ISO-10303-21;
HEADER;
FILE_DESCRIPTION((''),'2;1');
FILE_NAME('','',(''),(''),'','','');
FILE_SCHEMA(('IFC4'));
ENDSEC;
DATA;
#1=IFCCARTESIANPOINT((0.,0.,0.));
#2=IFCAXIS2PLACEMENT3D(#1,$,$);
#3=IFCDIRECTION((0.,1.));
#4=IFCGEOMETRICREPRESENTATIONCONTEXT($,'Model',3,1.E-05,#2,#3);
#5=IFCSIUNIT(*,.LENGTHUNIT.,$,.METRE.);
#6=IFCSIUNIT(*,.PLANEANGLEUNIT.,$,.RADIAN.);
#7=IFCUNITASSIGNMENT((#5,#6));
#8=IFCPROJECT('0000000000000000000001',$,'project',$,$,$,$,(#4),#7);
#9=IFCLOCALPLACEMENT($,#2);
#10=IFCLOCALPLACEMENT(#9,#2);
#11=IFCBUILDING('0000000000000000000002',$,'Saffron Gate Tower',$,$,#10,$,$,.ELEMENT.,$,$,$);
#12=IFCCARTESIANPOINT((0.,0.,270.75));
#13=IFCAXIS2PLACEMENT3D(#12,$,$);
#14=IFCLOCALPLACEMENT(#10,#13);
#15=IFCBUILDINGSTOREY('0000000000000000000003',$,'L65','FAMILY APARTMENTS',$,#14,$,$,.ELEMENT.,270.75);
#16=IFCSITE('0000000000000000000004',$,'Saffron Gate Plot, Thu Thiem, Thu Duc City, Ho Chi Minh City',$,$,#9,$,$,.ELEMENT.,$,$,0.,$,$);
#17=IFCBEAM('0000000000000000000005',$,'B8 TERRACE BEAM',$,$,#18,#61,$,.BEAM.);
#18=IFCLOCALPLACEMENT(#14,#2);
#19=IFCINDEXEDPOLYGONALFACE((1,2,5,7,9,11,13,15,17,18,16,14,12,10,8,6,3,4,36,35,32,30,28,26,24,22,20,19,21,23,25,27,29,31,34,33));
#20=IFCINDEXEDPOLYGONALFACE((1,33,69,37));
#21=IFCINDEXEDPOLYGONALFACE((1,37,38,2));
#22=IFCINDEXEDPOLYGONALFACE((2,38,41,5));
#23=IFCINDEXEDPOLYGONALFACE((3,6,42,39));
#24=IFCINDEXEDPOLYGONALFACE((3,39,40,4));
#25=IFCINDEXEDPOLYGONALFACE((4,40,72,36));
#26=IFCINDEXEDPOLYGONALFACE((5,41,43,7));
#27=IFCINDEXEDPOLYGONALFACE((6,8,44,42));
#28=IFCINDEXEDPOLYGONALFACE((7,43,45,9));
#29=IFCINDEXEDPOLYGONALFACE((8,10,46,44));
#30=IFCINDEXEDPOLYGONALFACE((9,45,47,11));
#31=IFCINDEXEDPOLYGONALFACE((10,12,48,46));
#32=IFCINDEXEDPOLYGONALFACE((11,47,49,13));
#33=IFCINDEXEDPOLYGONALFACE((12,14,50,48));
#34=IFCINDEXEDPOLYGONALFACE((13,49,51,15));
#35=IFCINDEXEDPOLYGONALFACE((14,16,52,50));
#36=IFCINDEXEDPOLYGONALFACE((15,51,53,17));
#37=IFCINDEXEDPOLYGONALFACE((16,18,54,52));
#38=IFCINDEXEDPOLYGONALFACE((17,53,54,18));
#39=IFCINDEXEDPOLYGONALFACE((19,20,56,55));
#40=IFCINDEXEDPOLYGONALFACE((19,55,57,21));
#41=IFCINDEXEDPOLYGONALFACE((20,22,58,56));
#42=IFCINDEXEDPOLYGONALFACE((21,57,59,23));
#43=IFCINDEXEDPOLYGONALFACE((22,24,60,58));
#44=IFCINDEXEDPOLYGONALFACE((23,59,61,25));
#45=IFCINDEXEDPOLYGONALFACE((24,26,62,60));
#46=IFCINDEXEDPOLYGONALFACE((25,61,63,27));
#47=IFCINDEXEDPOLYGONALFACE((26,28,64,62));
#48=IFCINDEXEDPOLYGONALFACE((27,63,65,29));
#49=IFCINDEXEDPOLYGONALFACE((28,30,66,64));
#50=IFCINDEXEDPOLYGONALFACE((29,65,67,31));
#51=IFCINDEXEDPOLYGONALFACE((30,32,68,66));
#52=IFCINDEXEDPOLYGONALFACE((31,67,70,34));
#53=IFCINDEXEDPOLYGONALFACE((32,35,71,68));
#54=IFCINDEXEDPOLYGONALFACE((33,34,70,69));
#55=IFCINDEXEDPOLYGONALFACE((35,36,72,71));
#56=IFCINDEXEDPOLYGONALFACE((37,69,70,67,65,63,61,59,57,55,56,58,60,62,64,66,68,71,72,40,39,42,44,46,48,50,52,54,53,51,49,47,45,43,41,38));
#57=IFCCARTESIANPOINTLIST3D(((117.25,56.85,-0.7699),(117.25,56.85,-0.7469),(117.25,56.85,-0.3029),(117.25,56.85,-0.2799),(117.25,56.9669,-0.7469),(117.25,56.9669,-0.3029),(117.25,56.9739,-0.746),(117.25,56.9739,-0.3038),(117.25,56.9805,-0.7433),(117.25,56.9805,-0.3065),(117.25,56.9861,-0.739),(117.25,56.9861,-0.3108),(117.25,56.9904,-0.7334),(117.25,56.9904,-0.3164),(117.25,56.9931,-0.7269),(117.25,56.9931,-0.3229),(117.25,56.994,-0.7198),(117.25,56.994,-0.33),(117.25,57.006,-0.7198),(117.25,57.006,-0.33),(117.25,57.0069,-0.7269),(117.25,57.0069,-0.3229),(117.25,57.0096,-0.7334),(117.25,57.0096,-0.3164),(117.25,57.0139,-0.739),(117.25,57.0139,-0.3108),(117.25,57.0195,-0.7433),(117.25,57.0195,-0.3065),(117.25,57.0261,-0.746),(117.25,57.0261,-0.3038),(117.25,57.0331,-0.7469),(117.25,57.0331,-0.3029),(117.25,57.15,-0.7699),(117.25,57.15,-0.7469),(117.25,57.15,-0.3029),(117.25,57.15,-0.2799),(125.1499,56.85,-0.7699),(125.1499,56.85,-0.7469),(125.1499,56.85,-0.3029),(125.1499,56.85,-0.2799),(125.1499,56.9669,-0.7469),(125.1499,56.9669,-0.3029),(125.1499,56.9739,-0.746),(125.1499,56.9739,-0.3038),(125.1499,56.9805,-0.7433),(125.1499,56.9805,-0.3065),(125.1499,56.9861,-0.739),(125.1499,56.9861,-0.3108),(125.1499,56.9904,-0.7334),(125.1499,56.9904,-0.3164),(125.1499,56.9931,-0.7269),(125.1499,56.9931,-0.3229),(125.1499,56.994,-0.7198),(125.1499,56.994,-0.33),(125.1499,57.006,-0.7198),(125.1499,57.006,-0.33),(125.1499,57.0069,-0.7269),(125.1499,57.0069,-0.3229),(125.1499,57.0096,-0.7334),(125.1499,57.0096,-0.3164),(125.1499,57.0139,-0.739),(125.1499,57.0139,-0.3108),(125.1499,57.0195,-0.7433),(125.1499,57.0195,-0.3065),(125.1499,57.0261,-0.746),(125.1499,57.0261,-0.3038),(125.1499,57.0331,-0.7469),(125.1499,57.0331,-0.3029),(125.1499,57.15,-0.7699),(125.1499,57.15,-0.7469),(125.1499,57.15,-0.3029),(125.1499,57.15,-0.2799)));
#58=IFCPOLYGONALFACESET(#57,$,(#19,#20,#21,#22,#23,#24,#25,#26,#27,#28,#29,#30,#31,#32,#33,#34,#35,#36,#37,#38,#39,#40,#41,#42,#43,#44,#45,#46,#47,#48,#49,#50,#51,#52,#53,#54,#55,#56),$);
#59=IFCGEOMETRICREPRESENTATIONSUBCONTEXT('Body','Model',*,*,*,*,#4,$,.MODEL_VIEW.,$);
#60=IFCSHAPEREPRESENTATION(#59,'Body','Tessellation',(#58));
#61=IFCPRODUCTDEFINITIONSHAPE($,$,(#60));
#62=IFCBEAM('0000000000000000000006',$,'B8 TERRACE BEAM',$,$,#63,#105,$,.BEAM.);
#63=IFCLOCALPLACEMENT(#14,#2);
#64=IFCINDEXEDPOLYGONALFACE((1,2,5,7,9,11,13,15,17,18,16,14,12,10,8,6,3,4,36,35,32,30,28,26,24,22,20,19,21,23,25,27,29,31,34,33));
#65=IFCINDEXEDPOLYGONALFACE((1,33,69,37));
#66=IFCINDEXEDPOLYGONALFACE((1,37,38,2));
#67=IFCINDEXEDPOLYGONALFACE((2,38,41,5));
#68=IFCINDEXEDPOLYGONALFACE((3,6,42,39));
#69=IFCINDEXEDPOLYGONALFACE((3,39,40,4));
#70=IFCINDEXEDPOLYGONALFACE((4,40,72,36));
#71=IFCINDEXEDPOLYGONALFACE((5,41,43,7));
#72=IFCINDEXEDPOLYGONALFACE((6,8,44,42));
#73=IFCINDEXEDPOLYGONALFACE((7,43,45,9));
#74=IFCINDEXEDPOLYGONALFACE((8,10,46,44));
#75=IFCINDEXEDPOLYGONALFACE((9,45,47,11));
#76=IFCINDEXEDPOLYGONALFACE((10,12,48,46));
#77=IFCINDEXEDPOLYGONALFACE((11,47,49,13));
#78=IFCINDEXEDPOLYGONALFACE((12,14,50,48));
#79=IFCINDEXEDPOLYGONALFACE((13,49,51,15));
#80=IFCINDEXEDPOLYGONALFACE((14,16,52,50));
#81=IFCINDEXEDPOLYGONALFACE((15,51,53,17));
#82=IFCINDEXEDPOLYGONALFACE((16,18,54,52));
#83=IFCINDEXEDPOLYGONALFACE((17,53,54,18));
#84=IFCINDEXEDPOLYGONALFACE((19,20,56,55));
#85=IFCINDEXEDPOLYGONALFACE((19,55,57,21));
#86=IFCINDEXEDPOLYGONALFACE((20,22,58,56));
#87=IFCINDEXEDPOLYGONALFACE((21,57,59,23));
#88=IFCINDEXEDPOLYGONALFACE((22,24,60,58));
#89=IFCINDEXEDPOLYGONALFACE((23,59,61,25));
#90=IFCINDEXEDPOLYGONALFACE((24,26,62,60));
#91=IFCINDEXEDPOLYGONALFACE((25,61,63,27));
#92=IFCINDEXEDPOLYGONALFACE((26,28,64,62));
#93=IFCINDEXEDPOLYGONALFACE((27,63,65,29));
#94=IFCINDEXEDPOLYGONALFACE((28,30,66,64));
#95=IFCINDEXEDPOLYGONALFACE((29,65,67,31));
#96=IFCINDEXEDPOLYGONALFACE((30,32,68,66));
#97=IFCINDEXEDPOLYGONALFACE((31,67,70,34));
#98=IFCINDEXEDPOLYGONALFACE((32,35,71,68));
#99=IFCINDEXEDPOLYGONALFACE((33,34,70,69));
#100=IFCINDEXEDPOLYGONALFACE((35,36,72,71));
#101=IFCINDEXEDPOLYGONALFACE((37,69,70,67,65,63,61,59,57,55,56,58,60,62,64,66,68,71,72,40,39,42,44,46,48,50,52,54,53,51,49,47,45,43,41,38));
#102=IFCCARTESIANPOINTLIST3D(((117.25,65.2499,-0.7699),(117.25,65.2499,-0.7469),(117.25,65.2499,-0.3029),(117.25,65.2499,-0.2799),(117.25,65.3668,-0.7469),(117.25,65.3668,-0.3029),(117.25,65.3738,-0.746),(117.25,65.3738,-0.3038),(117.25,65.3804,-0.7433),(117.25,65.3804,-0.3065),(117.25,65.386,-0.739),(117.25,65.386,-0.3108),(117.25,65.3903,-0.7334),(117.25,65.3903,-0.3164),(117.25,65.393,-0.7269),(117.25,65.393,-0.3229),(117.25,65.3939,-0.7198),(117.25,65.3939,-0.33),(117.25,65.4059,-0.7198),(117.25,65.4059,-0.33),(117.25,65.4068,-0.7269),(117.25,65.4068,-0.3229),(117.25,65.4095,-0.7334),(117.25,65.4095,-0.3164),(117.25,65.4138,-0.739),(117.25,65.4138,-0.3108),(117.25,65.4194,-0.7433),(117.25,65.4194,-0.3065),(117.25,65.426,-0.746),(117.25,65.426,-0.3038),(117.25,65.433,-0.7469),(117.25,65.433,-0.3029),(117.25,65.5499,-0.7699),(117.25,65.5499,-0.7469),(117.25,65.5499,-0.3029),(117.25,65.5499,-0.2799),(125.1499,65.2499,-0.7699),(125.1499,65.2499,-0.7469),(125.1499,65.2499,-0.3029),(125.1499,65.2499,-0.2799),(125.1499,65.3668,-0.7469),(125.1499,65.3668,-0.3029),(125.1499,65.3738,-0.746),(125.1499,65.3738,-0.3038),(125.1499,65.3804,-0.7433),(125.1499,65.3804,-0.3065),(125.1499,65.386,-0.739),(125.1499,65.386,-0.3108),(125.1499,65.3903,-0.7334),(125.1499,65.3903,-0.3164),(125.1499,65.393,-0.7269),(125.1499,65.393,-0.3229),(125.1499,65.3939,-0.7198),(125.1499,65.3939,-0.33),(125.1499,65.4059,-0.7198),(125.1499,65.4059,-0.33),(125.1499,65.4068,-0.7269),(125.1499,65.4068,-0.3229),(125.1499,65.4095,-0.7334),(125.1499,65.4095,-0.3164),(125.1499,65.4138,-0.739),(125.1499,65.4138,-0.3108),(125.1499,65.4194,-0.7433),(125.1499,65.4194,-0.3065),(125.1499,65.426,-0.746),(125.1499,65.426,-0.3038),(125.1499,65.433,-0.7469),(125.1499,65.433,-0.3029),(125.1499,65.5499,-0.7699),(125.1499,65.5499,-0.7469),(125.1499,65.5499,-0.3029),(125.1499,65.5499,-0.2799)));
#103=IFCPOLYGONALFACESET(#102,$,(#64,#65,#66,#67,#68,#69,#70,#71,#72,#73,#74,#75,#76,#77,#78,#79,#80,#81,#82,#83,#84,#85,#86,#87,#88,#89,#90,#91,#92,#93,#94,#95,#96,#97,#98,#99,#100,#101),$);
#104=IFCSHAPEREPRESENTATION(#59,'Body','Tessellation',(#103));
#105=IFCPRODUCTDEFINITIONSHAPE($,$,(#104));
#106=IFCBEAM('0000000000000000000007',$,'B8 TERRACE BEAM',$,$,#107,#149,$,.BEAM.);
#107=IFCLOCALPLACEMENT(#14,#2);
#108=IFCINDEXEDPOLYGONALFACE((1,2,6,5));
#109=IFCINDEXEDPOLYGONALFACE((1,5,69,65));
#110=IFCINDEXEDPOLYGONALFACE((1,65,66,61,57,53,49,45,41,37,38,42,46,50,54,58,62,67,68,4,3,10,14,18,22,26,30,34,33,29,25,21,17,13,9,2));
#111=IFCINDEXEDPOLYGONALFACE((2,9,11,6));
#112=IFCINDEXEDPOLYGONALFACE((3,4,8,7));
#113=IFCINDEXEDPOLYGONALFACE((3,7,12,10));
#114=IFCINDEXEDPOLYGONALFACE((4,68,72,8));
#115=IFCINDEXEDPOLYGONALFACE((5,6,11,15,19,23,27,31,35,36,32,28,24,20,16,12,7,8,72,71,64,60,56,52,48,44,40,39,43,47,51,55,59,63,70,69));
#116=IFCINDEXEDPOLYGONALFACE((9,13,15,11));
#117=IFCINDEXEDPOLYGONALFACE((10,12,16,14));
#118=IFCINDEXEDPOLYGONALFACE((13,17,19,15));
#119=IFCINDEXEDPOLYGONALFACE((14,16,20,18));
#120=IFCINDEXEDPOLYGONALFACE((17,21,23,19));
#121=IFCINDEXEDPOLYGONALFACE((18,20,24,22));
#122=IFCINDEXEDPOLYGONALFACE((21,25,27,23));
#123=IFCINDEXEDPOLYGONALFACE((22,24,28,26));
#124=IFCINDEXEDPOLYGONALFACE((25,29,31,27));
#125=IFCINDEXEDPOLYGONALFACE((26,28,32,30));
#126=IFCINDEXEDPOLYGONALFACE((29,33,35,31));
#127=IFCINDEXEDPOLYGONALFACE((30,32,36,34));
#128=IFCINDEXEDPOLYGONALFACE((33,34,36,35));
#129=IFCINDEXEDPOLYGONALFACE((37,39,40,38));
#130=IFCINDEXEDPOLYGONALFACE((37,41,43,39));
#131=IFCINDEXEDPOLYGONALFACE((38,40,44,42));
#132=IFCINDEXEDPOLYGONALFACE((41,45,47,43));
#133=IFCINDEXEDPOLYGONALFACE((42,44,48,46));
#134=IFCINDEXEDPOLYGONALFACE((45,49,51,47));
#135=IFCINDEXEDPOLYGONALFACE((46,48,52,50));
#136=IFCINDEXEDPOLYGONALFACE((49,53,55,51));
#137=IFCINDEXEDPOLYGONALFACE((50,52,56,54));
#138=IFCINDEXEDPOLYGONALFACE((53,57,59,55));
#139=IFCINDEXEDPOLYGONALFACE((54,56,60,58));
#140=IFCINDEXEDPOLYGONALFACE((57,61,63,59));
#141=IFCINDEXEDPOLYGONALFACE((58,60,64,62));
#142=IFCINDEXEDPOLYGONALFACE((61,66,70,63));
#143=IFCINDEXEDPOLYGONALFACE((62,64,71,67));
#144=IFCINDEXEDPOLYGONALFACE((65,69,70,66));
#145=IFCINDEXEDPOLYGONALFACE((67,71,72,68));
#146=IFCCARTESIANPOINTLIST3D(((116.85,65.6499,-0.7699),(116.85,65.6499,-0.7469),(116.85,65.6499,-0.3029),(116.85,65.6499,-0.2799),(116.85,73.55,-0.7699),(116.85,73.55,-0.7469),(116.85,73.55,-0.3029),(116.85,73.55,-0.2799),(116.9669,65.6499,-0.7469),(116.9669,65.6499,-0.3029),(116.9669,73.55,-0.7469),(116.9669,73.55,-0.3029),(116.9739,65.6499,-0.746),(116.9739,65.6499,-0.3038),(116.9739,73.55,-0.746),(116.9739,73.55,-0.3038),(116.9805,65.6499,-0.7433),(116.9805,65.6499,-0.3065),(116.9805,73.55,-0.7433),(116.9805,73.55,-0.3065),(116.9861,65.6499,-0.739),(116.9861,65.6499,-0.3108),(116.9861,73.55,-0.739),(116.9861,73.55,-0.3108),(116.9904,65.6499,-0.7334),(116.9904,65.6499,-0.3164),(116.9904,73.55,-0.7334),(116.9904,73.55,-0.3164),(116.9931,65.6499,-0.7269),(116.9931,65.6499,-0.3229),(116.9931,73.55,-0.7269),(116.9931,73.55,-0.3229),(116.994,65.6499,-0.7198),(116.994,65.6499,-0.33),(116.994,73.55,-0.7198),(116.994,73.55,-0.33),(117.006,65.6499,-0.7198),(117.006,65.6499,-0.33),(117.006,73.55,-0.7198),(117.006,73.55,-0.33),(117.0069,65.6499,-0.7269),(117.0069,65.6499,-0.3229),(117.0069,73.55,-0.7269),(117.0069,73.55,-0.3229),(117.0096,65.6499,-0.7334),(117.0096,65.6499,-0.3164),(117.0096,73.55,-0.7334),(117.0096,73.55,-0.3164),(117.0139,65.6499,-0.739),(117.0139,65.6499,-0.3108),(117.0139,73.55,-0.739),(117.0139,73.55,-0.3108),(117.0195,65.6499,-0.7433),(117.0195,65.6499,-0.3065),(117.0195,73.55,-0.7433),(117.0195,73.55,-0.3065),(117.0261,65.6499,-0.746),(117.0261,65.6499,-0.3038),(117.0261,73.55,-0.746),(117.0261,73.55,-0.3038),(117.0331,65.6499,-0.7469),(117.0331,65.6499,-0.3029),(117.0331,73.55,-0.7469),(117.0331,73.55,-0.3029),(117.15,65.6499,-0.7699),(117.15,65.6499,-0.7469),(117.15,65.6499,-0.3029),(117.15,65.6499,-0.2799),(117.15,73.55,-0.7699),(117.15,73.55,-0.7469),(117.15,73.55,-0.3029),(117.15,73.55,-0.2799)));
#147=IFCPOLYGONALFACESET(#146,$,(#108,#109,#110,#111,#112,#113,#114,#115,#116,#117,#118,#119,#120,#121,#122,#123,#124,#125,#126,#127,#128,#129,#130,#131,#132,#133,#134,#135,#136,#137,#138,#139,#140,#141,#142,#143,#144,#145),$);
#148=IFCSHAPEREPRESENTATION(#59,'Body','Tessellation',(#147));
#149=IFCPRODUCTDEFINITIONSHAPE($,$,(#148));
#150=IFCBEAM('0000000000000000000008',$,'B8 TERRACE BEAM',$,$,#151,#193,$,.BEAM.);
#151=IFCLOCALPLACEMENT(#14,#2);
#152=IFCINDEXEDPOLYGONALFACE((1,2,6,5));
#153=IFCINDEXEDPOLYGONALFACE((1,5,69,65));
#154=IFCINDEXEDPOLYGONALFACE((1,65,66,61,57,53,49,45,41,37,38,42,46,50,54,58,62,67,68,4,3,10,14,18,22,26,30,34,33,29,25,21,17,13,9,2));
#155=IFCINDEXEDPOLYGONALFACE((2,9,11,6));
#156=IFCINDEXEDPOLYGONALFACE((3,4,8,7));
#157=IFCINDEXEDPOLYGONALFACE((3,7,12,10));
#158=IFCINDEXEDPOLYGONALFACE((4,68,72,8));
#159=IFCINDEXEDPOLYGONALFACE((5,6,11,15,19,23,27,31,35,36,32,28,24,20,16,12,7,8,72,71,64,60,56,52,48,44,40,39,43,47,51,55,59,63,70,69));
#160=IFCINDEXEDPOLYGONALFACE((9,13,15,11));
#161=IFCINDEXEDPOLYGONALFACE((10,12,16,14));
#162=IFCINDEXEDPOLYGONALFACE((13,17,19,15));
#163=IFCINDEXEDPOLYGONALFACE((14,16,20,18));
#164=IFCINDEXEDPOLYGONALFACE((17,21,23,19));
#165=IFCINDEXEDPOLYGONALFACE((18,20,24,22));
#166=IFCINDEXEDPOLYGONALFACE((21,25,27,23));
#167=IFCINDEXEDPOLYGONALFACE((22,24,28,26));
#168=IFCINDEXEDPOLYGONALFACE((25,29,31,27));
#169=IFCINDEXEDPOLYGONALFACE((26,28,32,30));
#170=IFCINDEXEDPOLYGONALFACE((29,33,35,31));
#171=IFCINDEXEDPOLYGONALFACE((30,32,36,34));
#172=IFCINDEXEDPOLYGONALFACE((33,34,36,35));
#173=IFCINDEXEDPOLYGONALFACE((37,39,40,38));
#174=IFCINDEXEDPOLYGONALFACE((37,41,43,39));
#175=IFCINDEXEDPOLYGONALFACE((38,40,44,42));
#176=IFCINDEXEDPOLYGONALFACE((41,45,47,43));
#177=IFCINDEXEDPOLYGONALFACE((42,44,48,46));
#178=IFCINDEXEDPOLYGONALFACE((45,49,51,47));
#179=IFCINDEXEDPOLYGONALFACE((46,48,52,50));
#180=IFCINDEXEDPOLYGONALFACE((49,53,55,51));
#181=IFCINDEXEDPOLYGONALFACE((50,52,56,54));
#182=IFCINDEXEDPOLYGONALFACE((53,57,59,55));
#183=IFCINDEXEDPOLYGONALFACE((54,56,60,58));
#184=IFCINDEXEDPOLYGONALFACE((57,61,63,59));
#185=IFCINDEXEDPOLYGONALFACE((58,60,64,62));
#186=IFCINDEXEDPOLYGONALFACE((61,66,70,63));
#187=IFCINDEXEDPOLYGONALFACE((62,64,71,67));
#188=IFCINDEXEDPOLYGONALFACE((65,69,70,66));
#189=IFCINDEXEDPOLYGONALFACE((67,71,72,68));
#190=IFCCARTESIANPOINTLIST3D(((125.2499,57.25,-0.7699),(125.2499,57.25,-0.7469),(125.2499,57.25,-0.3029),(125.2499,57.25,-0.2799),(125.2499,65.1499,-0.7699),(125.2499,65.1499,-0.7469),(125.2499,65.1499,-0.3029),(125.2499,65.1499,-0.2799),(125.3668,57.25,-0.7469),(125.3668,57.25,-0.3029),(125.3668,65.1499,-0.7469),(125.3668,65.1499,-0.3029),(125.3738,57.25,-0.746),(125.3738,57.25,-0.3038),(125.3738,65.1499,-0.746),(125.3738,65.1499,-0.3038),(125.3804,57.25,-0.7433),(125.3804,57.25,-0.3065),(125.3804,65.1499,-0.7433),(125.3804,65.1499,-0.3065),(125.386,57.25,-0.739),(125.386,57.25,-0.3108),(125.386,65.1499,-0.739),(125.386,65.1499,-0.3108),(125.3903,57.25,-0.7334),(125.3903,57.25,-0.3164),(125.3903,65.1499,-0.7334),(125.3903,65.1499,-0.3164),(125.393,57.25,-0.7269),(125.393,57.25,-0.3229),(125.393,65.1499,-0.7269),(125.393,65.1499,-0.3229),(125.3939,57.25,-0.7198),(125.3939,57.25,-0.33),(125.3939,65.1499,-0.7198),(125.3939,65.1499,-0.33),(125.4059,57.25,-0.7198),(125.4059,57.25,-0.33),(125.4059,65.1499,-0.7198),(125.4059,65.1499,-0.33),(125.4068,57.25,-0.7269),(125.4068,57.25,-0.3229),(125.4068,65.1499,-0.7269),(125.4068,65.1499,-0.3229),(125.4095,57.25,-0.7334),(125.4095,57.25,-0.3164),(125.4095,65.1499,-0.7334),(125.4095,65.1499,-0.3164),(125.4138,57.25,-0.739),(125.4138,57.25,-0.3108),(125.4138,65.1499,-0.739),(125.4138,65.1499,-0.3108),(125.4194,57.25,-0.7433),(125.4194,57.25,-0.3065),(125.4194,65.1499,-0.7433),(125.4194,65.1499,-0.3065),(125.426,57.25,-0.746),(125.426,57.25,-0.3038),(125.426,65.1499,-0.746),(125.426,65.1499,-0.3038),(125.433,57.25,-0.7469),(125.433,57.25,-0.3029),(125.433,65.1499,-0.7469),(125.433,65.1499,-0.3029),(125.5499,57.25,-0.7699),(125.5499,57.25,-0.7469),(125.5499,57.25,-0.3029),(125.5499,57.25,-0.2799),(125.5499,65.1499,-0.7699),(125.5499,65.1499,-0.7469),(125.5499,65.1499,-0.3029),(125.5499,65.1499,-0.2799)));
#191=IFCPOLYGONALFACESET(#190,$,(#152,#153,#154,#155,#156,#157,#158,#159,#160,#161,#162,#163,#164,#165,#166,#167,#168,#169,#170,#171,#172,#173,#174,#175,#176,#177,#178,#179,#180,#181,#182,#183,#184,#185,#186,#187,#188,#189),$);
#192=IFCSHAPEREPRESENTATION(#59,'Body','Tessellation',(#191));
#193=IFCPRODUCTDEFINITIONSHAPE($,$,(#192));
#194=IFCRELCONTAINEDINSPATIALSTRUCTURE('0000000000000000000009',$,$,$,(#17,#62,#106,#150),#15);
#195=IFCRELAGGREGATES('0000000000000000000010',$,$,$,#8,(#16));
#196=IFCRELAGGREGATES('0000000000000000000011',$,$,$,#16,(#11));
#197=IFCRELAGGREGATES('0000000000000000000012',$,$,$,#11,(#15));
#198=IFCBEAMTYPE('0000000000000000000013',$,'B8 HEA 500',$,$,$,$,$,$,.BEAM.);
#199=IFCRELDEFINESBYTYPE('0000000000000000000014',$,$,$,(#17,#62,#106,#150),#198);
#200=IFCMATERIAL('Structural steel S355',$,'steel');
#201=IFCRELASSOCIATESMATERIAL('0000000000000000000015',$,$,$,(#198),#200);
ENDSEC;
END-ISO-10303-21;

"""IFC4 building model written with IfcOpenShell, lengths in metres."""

from ifc_helpers import new_model, si_unit, direction, frame, origin, origin_2d, place, context, subcontext, project, spatial, i_section, extrude, material, material_profile, profile_set, type_object, element, save


model = new_model("IFC4")

# Units and contexts
model_context = context("Model", 3, precision=1e-05, world=origin(), true_north=direction((0.0, 1.0)))
body_context = subcontext(model_context, "Body", "Model", "MODEL_VIEW")
ifc_project = project(units=[si_unit("LENGTHUNIT", "METRE"), si_unit("PLANEANGLEUNIT", "RADIAN")], contexts=[model_context])

# Site, building, storey
site_placement = place(None, origin())
site = spatial("IfcSite", under=ifc_project, at=site_placement, Name="Saffron Gate Plot, Thu Thiem, Thu Duc City, Ho Chi Minh City", CompositionType="ELEMENT", RefElevation=0.0)
building_placement = place(site_placement, origin())
building = spatial("IfcBuilding", under=site, at=building_placement, Name="Saffron Gate Tower", CompositionType="ELEMENT")
storey_placement = place(building_placement, frame((0.0, 0.0, 270.75)))
storey = spatial("IfcBuildingStorey", under=building, at=storey_placement, Name="L65", Description="FAMILY APARTMENTS", CompositionType="ELEMENT", Elevation=270.75)

# Beams
ifc_material_1 = material(Name="Structural steel S355", Category="steel")
ifc_material_profile_1 = material_profile(ifc_material_1, i_section(OverallWidth=0.3, OverallDepth=0.49, WebThickness=0.012, FlangeThickness=0.0229, FilletRadius=0.0271, at=origin_2d()))
ifc_profile_set_1 = profile_set([ifc_material_profile_1], Name="Structural steel S355")
beam_type_1 = type_object("IfcBeamType", Name="B8 HEA 500", PredefinedType="BEAM", material=ifc_profile_set_1)
for number, where, z_axis, x_axis, name in (
    (1, (117.25, 57.0, -0.5249), (1.0, 0.0, 0.0), (0.0, 1.0, 0.0), "B8 TERRACE BEAM"),
    (2, (117.25, 65.3999, -0.5249), (1.0, 0.0, 0.0), (0.0, 1.0, 0.0), "B8 TERRACE BEAM"),
):
    element("IfcBeam", number, at=place(storey_placement, frame(where, z_axis=z_axis, x_axis=x_axis)), inside=storey, type_object=beam_type_1, Name=name, PredefinedType="BEAM", context=body_context, shape_type="SweptSolid", body=[
        extrude(i_section(OverallWidth=0.3, OverallDepth=0.49, WebThickness=0.012, FlangeThickness=0.0229, FilletRadius=0.0271, at=origin_2d()), origin(), (0.0, 0.0, 1.0), 7.8999),
    ])
beam_1_placement = place(storey_placement, frame((117.0, 65.6499, -0.5249), z_axis=(0.0, 1.0, 0.0), x_axis=(-1.0, 0.0, 0.0)))
element("IfcBeam", 3, at=beam_1_placement, inside=storey, type_object=beam_type_1, Name="B8 TERRACE BEAM", PredefinedType="BEAM", context=body_context, shape_type="SweptSolid", body=[
    extrude(i_section(OverallWidth=0.3, OverallDepth=0.49, WebThickness=0.012, FlangeThickness=0.0229, FilletRadius=0.0271, at=origin_2d()), origin(), (0.0, 0.0, 1.0), 7.9001),
])
beam_2_placement = place(storey_placement, frame((125.3999, 57.25, -0.5249), z_axis=(0.0, 1.0, 0.0), x_axis=(-1.0, 0.0, 0.0)))
element("IfcBeam", 4, at=beam_2_placement, inside=storey, type_object=beam_type_1, Name="B8 TERRACE BEAM", PredefinedType="BEAM", context=body_context, shape_type="SweptSolid", body=[
    extrude(i_section(OverallWidth=0.3, OverallDepth=0.49, WebThickness=0.012, FlangeThickness=0.0229, FilletRadius=0.0271, at=origin_2d()), origin(), (0.0, 0.0, 1.0), 7.8999),
])

save(model, "model.ifc")
